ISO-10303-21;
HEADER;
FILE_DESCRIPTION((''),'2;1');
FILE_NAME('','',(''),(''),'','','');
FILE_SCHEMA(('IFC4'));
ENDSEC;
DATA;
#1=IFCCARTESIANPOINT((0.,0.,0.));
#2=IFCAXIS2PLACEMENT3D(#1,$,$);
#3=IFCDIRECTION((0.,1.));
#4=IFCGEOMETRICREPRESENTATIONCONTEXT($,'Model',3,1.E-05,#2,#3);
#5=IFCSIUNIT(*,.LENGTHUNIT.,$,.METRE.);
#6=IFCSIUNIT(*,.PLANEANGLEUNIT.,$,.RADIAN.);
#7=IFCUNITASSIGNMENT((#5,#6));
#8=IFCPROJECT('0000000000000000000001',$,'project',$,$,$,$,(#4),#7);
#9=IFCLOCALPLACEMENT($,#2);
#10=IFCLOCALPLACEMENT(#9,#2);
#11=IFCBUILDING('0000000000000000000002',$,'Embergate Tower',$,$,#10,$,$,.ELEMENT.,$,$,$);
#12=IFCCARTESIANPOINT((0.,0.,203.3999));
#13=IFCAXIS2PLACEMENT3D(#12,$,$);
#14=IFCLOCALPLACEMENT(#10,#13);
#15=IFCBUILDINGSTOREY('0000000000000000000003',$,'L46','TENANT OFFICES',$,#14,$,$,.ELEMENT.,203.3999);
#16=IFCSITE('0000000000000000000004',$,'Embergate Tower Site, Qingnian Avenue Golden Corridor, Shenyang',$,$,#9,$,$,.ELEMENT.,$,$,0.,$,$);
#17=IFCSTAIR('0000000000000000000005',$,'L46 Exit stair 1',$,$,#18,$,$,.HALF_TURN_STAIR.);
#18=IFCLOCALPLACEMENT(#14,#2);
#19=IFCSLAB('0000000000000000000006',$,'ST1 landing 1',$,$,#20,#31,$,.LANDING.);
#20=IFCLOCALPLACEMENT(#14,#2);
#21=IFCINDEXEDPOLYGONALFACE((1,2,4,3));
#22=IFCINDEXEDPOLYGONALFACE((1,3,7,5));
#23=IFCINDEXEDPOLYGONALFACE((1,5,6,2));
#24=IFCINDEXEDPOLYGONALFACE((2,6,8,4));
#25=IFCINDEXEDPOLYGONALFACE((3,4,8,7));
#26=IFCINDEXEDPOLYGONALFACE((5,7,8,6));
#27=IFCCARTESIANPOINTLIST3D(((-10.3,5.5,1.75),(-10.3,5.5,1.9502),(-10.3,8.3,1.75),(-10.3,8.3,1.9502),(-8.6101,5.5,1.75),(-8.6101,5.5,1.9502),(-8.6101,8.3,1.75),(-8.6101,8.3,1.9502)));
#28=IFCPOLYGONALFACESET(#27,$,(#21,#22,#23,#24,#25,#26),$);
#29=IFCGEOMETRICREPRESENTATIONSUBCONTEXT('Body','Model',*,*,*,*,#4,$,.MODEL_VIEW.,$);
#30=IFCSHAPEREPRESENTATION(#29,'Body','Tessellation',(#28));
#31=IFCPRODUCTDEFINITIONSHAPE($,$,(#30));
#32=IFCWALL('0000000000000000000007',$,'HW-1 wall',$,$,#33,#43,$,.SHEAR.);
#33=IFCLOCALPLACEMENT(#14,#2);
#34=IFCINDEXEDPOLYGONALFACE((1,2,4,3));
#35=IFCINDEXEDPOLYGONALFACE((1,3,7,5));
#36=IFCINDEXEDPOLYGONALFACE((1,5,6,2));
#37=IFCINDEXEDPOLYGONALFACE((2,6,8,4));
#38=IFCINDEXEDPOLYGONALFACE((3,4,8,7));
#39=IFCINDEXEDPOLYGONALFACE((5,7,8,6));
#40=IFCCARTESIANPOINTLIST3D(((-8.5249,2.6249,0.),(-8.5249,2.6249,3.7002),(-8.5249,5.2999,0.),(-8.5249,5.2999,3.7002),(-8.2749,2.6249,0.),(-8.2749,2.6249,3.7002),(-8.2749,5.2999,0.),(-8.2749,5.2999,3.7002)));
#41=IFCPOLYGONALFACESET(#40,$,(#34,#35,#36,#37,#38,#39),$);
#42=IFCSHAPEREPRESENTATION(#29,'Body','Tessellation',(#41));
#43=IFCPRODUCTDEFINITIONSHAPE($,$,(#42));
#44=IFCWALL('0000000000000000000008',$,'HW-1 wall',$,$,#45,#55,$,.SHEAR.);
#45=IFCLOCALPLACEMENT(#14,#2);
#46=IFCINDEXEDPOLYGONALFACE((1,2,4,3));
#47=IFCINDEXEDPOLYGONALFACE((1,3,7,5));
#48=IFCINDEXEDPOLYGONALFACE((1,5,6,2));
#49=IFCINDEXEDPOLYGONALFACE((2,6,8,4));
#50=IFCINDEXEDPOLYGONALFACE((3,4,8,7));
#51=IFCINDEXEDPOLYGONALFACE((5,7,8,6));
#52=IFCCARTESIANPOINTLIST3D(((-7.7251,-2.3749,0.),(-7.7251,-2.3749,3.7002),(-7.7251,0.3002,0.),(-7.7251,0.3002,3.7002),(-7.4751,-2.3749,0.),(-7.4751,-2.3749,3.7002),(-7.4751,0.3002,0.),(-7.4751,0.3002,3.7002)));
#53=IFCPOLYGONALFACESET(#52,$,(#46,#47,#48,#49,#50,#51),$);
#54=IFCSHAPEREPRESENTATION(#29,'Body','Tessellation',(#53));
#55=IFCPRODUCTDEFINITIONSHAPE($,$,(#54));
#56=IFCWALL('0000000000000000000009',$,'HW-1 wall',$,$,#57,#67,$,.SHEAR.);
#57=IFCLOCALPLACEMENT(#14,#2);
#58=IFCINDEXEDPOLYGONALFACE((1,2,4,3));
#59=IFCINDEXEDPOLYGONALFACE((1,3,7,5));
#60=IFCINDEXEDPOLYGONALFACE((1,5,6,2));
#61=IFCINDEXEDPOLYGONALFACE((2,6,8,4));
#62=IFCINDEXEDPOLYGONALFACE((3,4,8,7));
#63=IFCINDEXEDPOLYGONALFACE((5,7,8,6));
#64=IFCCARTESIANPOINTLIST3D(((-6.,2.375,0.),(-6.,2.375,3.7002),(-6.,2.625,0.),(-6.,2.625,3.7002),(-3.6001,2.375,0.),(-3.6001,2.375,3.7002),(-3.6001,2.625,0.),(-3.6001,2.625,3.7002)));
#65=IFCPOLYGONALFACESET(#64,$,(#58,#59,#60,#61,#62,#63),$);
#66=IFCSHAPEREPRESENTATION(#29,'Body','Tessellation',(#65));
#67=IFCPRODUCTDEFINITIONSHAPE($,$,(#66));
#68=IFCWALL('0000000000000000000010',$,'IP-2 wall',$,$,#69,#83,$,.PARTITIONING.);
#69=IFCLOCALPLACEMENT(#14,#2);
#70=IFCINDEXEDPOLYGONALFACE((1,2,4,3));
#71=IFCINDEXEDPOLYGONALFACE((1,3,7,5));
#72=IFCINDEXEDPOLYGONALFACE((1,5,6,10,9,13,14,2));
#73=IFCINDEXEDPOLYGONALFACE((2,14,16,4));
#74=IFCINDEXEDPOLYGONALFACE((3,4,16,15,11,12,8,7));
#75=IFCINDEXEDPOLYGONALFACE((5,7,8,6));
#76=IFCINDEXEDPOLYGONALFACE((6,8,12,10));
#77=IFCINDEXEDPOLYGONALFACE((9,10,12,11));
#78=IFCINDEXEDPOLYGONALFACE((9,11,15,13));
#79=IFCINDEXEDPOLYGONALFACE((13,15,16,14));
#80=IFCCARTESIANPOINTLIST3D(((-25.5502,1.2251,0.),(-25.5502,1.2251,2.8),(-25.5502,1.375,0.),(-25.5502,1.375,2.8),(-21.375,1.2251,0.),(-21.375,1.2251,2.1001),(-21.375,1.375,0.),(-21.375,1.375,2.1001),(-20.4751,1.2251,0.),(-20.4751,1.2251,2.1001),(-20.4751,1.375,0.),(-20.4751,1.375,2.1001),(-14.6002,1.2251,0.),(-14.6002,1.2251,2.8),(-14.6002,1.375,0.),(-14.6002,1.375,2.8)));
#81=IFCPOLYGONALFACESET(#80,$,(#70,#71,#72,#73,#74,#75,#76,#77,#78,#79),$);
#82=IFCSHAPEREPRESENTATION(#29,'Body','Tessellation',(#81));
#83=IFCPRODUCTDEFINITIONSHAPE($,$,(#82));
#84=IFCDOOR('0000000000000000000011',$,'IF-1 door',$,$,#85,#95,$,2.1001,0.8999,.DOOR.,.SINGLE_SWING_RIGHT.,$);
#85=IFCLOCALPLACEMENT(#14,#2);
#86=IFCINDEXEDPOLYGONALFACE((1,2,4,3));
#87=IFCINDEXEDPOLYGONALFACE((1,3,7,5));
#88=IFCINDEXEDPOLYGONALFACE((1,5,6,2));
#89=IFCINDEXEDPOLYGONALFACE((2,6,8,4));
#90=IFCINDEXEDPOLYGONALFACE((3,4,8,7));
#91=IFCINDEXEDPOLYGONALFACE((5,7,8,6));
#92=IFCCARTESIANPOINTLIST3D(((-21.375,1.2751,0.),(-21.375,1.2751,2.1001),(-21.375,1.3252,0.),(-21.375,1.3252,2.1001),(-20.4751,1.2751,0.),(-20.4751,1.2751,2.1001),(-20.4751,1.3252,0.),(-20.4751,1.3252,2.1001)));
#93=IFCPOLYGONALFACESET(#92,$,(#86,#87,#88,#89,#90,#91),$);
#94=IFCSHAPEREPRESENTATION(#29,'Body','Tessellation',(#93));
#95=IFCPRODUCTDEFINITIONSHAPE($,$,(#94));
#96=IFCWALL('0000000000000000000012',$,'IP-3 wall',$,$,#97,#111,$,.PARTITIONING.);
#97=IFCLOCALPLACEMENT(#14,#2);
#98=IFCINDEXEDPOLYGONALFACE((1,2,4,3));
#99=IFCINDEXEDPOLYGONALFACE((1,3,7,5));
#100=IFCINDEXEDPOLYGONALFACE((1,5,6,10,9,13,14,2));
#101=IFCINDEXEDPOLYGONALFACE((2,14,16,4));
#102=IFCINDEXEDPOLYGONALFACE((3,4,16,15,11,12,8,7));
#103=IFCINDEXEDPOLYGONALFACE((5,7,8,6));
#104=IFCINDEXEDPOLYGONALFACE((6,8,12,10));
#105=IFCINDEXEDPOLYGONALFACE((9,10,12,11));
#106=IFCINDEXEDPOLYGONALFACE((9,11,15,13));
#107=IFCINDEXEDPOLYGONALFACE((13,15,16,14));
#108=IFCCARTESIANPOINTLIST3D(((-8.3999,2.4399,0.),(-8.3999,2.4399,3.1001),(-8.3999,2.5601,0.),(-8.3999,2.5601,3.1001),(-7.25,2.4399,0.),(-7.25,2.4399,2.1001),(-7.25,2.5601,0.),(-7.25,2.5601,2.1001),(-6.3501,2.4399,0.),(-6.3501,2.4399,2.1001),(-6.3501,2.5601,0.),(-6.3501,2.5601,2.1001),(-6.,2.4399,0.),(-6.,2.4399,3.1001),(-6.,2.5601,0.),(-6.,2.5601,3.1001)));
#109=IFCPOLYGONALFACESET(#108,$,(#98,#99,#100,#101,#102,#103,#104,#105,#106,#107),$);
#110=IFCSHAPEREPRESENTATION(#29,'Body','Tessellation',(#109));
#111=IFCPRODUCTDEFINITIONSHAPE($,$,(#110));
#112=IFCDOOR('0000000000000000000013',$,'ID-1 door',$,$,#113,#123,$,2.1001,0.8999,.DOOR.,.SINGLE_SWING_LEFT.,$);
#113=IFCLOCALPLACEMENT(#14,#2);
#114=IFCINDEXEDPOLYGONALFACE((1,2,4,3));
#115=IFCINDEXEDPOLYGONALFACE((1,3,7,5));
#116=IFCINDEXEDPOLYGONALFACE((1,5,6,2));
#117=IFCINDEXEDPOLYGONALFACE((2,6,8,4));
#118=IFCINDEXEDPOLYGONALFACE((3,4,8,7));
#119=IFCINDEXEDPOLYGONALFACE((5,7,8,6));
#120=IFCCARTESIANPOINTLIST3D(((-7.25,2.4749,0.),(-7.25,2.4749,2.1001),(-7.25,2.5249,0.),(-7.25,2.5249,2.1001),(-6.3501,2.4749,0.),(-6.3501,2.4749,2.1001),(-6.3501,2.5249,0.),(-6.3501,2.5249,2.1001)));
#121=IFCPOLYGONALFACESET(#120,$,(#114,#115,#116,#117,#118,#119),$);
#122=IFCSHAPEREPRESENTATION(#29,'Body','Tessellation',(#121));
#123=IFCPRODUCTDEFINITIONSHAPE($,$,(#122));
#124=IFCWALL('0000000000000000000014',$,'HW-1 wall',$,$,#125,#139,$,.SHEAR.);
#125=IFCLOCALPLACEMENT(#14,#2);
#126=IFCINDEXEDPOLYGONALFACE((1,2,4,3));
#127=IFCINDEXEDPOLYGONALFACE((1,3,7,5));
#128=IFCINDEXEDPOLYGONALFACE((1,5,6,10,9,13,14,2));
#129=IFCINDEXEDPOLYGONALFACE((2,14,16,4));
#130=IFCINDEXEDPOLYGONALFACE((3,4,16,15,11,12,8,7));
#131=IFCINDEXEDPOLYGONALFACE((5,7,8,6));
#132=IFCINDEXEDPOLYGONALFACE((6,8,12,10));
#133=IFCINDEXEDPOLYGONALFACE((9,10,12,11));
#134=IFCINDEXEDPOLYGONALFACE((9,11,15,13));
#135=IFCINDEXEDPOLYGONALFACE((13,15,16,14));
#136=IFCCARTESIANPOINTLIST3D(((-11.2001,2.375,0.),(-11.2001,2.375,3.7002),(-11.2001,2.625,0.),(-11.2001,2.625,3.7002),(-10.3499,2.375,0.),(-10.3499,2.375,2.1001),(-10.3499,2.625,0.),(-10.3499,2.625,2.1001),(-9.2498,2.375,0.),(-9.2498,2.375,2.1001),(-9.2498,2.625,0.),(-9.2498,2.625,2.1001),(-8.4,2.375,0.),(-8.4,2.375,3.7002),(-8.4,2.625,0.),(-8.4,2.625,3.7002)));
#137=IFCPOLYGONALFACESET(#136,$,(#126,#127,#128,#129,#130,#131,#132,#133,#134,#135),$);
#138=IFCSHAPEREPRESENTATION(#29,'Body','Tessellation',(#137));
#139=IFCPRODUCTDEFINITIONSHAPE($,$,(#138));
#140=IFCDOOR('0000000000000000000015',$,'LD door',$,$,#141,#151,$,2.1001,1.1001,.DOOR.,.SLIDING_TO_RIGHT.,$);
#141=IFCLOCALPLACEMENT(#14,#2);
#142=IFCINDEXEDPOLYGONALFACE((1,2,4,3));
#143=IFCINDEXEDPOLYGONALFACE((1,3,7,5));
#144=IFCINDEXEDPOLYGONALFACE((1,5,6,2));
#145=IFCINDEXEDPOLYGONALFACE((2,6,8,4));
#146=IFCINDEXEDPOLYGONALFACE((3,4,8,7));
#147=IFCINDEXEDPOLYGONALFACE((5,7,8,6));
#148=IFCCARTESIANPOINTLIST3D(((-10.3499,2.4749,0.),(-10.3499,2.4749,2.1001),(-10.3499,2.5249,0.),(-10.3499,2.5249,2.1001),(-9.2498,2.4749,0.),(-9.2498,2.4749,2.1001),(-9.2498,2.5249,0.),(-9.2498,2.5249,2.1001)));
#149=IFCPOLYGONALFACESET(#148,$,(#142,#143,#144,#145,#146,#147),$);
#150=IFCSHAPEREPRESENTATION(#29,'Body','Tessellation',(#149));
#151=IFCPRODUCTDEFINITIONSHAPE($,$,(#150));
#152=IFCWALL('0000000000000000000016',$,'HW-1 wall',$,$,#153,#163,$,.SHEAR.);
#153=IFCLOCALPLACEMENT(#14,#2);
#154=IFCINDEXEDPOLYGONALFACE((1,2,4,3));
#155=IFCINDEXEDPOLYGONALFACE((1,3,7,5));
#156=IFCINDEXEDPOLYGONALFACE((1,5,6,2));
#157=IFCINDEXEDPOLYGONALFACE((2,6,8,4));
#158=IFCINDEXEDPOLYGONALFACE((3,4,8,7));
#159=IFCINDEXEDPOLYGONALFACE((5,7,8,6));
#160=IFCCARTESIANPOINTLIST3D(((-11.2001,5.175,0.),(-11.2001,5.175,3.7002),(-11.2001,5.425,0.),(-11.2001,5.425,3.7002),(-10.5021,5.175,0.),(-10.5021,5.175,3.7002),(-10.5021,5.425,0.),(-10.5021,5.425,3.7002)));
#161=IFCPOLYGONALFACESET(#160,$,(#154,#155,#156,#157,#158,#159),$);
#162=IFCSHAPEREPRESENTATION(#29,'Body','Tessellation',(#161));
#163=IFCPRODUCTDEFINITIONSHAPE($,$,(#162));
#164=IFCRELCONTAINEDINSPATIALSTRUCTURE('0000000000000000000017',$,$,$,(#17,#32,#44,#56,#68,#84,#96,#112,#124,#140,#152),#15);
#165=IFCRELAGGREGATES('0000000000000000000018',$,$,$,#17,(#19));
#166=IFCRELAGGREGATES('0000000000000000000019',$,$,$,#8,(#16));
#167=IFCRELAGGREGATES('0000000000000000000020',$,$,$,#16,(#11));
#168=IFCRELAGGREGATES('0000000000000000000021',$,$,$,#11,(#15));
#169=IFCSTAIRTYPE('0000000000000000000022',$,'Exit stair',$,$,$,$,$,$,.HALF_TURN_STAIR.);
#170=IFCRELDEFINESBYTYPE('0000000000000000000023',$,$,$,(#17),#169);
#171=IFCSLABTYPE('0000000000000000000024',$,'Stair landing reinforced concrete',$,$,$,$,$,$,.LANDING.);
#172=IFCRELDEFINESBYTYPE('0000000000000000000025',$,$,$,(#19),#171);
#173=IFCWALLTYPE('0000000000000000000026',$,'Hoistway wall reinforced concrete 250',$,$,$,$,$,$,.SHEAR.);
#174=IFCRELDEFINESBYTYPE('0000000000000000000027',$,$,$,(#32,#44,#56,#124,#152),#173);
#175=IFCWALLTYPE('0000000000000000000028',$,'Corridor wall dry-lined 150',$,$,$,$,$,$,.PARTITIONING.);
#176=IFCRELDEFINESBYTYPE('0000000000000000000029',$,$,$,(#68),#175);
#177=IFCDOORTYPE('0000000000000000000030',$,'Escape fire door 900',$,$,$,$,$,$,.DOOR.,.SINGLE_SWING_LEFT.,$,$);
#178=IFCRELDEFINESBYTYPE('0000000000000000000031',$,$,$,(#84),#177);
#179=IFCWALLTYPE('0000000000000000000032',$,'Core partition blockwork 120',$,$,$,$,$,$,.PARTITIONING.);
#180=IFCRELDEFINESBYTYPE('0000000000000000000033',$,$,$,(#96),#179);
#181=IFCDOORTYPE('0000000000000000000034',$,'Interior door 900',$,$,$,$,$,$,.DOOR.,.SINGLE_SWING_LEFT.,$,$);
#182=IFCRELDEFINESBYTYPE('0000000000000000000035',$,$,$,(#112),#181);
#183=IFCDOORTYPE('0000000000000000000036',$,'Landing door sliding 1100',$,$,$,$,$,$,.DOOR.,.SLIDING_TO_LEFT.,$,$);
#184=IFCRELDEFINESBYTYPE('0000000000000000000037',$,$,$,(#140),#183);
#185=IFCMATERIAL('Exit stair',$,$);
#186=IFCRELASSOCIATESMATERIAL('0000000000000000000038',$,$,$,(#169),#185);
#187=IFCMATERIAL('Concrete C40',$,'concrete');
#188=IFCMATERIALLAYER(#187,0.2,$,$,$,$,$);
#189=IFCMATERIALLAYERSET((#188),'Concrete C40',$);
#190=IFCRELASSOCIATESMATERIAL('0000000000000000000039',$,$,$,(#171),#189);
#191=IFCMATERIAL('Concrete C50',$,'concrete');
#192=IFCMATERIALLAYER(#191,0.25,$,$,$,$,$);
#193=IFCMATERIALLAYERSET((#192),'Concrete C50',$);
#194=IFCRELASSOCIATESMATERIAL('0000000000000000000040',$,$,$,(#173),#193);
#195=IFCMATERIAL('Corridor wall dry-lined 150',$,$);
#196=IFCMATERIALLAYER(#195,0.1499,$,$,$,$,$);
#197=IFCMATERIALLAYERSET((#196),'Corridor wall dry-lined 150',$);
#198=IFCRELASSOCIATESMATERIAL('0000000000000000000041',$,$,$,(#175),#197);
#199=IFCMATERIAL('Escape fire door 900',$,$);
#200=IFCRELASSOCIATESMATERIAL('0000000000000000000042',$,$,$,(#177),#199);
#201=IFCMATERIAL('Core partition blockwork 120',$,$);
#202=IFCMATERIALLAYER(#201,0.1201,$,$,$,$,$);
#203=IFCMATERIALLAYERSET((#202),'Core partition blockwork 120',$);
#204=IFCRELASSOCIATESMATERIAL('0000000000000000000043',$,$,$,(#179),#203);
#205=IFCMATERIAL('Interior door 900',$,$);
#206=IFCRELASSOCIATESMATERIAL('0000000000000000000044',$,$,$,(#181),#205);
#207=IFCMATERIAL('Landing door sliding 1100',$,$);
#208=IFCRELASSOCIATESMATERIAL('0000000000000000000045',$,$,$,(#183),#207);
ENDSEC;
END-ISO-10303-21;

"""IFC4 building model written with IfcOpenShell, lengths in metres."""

from ifc_helpers import new_model, si_unit, direction, frame, frame_2d, origin, place, context, subcontext, project, spatial, polyline, rectangle, outline, extrude, source, transform, mapped, material, layer, layer_set, type_object, element, fill, aggregate, save


model = new_model("IFC4")

# Units and contexts
model_context = context("Model", 3, precision=1e-05, world=origin(), true_north=direction((0.0, 1.0)))
body_context = subcontext(model_context, "Body", "Model", "MODEL_VIEW")
ifc_project = project(units=[si_unit("LENGTHUNIT", "METRE"), si_unit("PLANEANGLEUNIT", "RADIAN")], contexts=[model_context])

# Site, building, storey
site_placement = place(None, origin())
site = spatial("IfcSite", under=ifc_project, at=site_placement, Name="Embergate Tower Site, Qingnian Avenue Golden Corridor, Shenyang", CompositionType="ELEMENT", RefElevation=0.0)
building_placement = place(site_placement, origin())
building = spatial("IfcBuilding", under=site, at=building_placement, Name="Embergate Tower", CompositionType="ELEMENT")
storey_placement = place(building_placement, frame((0.0, 0.0, 203.3999)))
storey = spatial("IfcBuildingStorey", under=building, at=storey_placement, Name="L46", Description="TENANT OFFICES", CompositionType="ELEMENT", Elevation=203.3999)

# Stair, slab
ifc_material_1 = material(Name="Exit stair")
stair_type = type_object("IfcStairType", Name="Exit stair", PredefinedType="HALF_TURN_STAIR", material=ifc_material_1)
stair_placement = place(storey_placement, origin())
stair = element("IfcStair", 1, at=stair_placement, inside=storey, type_object=stair_type, Name="L46 Exit stair 1", PredefinedType="HALF_TURN_STAIR")
ifc_material_2 = material(Name="Concrete C40", Category="concrete")
ifc_layer_1 = layer(ifc_material_2, 0.2)
ifc_layer_set_1 = layer_set([ifc_layer_1], Name="Concrete C40")
slab_type = type_object("IfcSlabType", Name="Stair landing reinforced concrete", PredefinedType="LANDING", material=ifc_layer_set_1)
shared_shape_1 = source(origin(), body_context, "Body", "SweptSolid", [
    extrude(outline(polyline([(0.0, 0.0), (1.6899, 0.0), (1.6899, 2.8), (0.0, 2.8), (0.0, 0.0)])), origin(), (0.0, 0.0, 1.0), 0.2002),
])
slab_placement = place(storey_placement, frame((-10.3, 5.5, 1.75)))
slab = element("IfcSlab", 2, at=slab_placement, type_object=slab_type, Name="ST1 landing 1", PredefinedType="LANDING", context=body_context, shape_type="MappedRepresentation", body=[
    mapped(shared_shape_1, transform((0.0, 0.0, 0.0))),
])

# Walls
ifc_material_3 = material(Name="Concrete C50", Category="concrete")
ifc_layer_2 = layer(ifc_material_3, 0.25)
ifc_layer_set_2 = layer_set([ifc_layer_2], Name="Concrete C50")
wall_type_1 = type_object("IfcWallType", Name="Hoistway wall reinforced concrete 250", PredefinedType="SHEAR", material=ifc_layer_set_2)
shared_shape_2 = source(origin(), body_context, "Body", "SweptSolid", [
    extrude(rectangle(XDim=2.675, YDim=0.25, at=frame_2d((1.3374, 0.0))), origin(), (0.0, 0.0, 1.0), 3.7002),
])
for number, where, z_axis, x_axis, name in (
    (3, (-8.3999, 2.625, 0.0), (0.0, 0.0, 1.0), (0.0, 1.0, 0.0), "HW-1 wall"),
    (4, (-7.6001, 0.3, 0.0), (0.0, 0.0, 1.0), (0.0, -1.0, 0.0), "HW-1 wall"),
):
    element("IfcWall", number, at=place(storey_placement, frame(where, z_axis=z_axis, x_axis=x_axis)), inside=storey, type_object=wall_type_1, Name=name, PredefinedType="SHEAR", context=body_context, shape_type="MappedRepresentation", body=[
        mapped(shared_shape_2, transform((0.0, 0.0, 0.0))),
    ])
shared_shape_3 = source(origin(), body_context, "Body", "SweptSolid", [
    extrude(rectangle(XDim=2.3999, YDim=0.25, at=frame_2d((1.2, 0.0))), origin(), (0.0, 0.0, 1.0), 3.7002),
])
wall_1_placement = place(storey_placement, frame((-6.0, 2.5, 0.0), z_axis=(0.0, 0.0, 1.0), x_axis=(1.0, 0.0, 0.0)))
element("IfcWall", 5, at=wall_1_placement, inside=storey, type_object=wall_type_1, Name="HW-1 wall", PredefinedType="SHEAR", context=body_context, shape_type="MappedRepresentation", body=[
    mapped(shared_shape_3, transform((0.0, 0.0, 0.0))),
])

# Walls, openings, doors
ifc_material_4 = material(Name="Corridor wall dry-lined 150")
ifc_layer_3 = layer(ifc_material_4, 0.1499)
ifc_layer_set_3 = layer_set([ifc_layer_3], Name="Corridor wall dry-lined 150")
wall_type_2 = type_object("IfcWallType", Name="Corridor wall dry-lined 150", PredefinedType="PARTITIONING", material=ifc_layer_set_3)
shared_shape_4 = source(origin(), body_context, "Body", "SweptSolid", [
    extrude(rectangle(XDim=10.95, YDim=0.1499, at=frame_2d((5.4751, 0.0))), origin(), (0.0, 0.0, 1.0), 2.8),
])
wall_2_placement = place(storey_placement, frame((-14.6001, 1.3, 0.0), z_axis=(0.0, 0.0, 1.0), x_axis=(-1.0, 0.0, 0.0)))
wall_2 = element("IfcWall", 6, at=wall_2_placement, inside=storey, type_object=wall_type_2, Name="IP-2 wall", PredefinedType="PARTITIONING", context=body_context, shape_type="MappedRepresentation", body=[
    mapped(shared_shape_4, transform((0.0, 0.0, 0.0))),
])
shared_shape_5 = source(origin(), body_context, "Body", "SweptSolid", [
    extrude(rectangle(XDim=0.8999, YDim=2.1001, at=frame_2d((0.45, 1.05))), frame((0.0, 0.085, 0.0), z_axis=(0.0, -1.0, 0.0), x_axis=(1.0, 0.0, 0.0)), (0.0, 0.0, 1.0), 0.1699),
])
opening_1_placement = place(wall_2_placement, frame((5.875, 0.0, 0.0)))
opening_1 = element("IfcOpeningElement", 7, at=opening_1_placement, cuts=wall_2, PredefinedType="OPENING", context=body_context, shape_type="MappedRepresentation", body=[
    mapped(shared_shape_5, transform((0.0, 0.0, 0.0))),
])
ifc_material_5 = material(Name="Escape fire door 900")
door_type_1 = type_object("IfcDoorType", Name="Escape fire door 900", OperationType="SINGLE_SWING_LEFT", PredefinedType="DOOR", material=ifc_material_5)
shared_shape_6 = source(origin(), body_context, "Body", "SweptSolid", [
    extrude(rectangle(XDim=0.8999, YDim=2.1001, at=frame_2d((0.45, 1.05))), frame((0.0, 0.0249, 0.0), z_axis=(0.0, -1.0, 0.0), x_axis=(1.0, 0.0, 0.0)), (0.0, 0.0, 1.0), 0.05),
])
door_1_placement = place(opening_1_placement, origin())
door_1 = element("IfcDoor", 8, at=door_1_placement, inside=storey, type_object=door_type_1, Name="IF-1 door", OperationType="SINGLE_SWING_RIGHT", OverallHeight=2.1001, OverallWidth=0.8999, PredefinedType="DOOR", context=body_context, shape_type="MappedRepresentation", body=[
    mapped(shared_shape_6, transform((0.0, 0.0, 0.0))),
])
fill(opening_1, door_1)
ifc_material_6 = material(Name="Core partition blockwork 120")
ifc_layer_4 = layer(ifc_material_6, 0.1201)
ifc_layer_set_4 = layer_set([ifc_layer_4], Name="Core partition blockwork 120")
wall_type_3 = type_object("IfcWallType", Name="Core partition blockwork 120", PredefinedType="PARTITIONING", material=ifc_layer_set_4)
shared_shape_7 = source(origin(), body_context, "Body", "SweptSolid", [
    extrude(rectangle(XDim=2.3999, YDim=0.1201, at=frame_2d((1.2, 0.0))), origin(), (0.0, 0.0, 1.0), 3.1001),
])
wall_3_placement = place(storey_placement, frame((-8.3999, 2.5, 0.0), z_axis=(0.0, 0.0, 1.0), x_axis=(1.0, 0.0, 0.0)))
wall_3 = element("IfcWall", 9, at=wall_3_placement, inside=storey, type_object=wall_type_3, Name="IP-3 wall", PredefinedType="PARTITIONING", context=body_context, shape_type="MappedRepresentation", body=[
    mapped(shared_shape_7, transform((0.0, 0.0, 0.0))),
])
shared_shape_8 = source(origin(), body_context, "Body", "SweptSolid", [
    extrude(rectangle(XDim=0.8999, YDim=2.1001, at=frame_2d((0.45, 1.05))), frame((0.0, 0.0701, 0.0), z_axis=(0.0, -1.0, 0.0), x_axis=(1.0, 0.0, 0.0)), (0.0, 0.0, 1.0), 0.1401),
])
opening_2_placement = place(wall_3_placement, frame((1.1499, 0.0, 0.0)))
opening_2 = element("IfcOpeningElement", 10, at=opening_2_placement, cuts=wall_3, PredefinedType="OPENING", context=body_context, shape_type="MappedRepresentation", body=[
    mapped(shared_shape_8, transform((0.0, 0.0, 0.0))),
])
ifc_material_7 = material(Name="Interior door 900")
door_type_2 = type_object("IfcDoorType", Name="Interior door 900", OperationType="SINGLE_SWING_LEFT", PredefinedType="DOOR", material=ifc_material_7)
door_2_placement = place(opening_2_placement, origin())
door_2 = element("IfcDoor", 11, at=door_2_placement, inside=storey, type_object=door_type_2, Name="ID-1 door", OperationType="SINGLE_SWING_LEFT", OverallHeight=2.1001, OverallWidth=0.8999, PredefinedType="DOOR", context=body_context, shape_type="MappedRepresentation", body=[
    mapped(shared_shape_6, transform((0.0, 0.0, 0.0))),
])
fill(opening_2, door_2)
shared_shape_9 = source(origin(), body_context, "Body", "SweptSolid", [
    extrude(rectangle(XDim=2.8, YDim=0.25, at=frame_2d((1.3999, 0.0))), origin(), (0.0, 0.0, 1.0), 3.7002),
])
wall_4_placement = place(storey_placement, frame((-11.2, 2.5, 0.0), z_axis=(0.0, 0.0, 1.0), x_axis=(1.0, 0.0, 0.0)))
wall_4 = element("IfcWall", 12, at=wall_4_placement, inside=storey, type_object=wall_type_1, Name="HW-1 wall", PredefinedType="SHEAR", context=body_context, shape_type="MappedRepresentation", body=[
    mapped(shared_shape_9, transform((0.0, 0.0, 0.0))),
])
shared_shape_10 = source(origin(), body_context, "Body", "SweptSolid", [
    extrude(rectangle(XDim=1.1001, YDim=2.1001, at=frame_2d((0.55, 1.05))), frame((0.0, 0.135, 0.0), z_axis=(0.0, -1.0, 0.0), x_axis=(1.0, 0.0, 0.0)), (0.0, 0.0, 1.0), 0.27),
])
opening_3_placement = place(wall_4_placement, frame((0.8501, 0.0, 0.0)))
opening_3 = element("IfcOpeningElement", 13, at=opening_3_placement, cuts=wall_4, PredefinedType="OPENING", context=body_context, shape_type="MappedRepresentation", body=[
    mapped(shared_shape_10, transform((0.0, 0.0, 0.0))),
])
ifc_material_8 = material(Name="Landing door sliding 1100")
door_type_3 = type_object("IfcDoorType", Name="Landing door sliding 1100", OperationType="SLIDING_TO_LEFT", PredefinedType="DOOR", material=ifc_material_8)
shared_shape_11 = source(origin(), body_context, "Body", "SweptSolid", [
    extrude(rectangle(XDim=1.1001, YDim=2.1001, at=frame_2d((0.55, 1.05))), frame((0.0, 0.0249, 0.0), z_axis=(0.0, -1.0, 0.0), x_axis=(1.0, 0.0, 0.0)), (0.0, 0.0, 1.0), 0.05),
])
door_3_placement = place(opening_3_placement, origin())
door_3 = element("IfcDoor", 14, at=door_3_placement, inside=storey, type_object=door_type_3, Name="LD door", OperationType="SLIDING_TO_RIGHT", OverallHeight=2.1001, OverallWidth=1.1001, PredefinedType="DOOR", context=body_context, shape_type="MappedRepresentation", body=[
    mapped(shared_shape_11, transform((0.0, 0.0, 0.0))),
])
fill(opening_3, door_3)

# Wall
shared_shape_12 = source(origin(), body_context, "Body", "SweptSolid", [
    extrude(rectangle(XDim=0.698, YDim=0.25, at=frame_2d((0.3491, 0.0))), origin(), (0.0, 0.0, 1.0), 3.7002),
])
wall_5_placement = place(storey_placement, frame((-10.502, 5.3, 0.0), z_axis=(0.0, 0.0, 1.0), x_axis=(-1.0, 0.0, 0.0)))
element("IfcWall", 15, at=wall_5_placement, inside=storey, type_object=wall_type_1, Name="HW-1 wall", PredefinedType="SHEAR", context=body_context, shape_type="MappedRepresentation", body=[
    mapped(shared_shape_12, transform((0.0, 0.0, 0.0))),
])

aggregate(stair, [slab])

save(model, "model.ifc")
